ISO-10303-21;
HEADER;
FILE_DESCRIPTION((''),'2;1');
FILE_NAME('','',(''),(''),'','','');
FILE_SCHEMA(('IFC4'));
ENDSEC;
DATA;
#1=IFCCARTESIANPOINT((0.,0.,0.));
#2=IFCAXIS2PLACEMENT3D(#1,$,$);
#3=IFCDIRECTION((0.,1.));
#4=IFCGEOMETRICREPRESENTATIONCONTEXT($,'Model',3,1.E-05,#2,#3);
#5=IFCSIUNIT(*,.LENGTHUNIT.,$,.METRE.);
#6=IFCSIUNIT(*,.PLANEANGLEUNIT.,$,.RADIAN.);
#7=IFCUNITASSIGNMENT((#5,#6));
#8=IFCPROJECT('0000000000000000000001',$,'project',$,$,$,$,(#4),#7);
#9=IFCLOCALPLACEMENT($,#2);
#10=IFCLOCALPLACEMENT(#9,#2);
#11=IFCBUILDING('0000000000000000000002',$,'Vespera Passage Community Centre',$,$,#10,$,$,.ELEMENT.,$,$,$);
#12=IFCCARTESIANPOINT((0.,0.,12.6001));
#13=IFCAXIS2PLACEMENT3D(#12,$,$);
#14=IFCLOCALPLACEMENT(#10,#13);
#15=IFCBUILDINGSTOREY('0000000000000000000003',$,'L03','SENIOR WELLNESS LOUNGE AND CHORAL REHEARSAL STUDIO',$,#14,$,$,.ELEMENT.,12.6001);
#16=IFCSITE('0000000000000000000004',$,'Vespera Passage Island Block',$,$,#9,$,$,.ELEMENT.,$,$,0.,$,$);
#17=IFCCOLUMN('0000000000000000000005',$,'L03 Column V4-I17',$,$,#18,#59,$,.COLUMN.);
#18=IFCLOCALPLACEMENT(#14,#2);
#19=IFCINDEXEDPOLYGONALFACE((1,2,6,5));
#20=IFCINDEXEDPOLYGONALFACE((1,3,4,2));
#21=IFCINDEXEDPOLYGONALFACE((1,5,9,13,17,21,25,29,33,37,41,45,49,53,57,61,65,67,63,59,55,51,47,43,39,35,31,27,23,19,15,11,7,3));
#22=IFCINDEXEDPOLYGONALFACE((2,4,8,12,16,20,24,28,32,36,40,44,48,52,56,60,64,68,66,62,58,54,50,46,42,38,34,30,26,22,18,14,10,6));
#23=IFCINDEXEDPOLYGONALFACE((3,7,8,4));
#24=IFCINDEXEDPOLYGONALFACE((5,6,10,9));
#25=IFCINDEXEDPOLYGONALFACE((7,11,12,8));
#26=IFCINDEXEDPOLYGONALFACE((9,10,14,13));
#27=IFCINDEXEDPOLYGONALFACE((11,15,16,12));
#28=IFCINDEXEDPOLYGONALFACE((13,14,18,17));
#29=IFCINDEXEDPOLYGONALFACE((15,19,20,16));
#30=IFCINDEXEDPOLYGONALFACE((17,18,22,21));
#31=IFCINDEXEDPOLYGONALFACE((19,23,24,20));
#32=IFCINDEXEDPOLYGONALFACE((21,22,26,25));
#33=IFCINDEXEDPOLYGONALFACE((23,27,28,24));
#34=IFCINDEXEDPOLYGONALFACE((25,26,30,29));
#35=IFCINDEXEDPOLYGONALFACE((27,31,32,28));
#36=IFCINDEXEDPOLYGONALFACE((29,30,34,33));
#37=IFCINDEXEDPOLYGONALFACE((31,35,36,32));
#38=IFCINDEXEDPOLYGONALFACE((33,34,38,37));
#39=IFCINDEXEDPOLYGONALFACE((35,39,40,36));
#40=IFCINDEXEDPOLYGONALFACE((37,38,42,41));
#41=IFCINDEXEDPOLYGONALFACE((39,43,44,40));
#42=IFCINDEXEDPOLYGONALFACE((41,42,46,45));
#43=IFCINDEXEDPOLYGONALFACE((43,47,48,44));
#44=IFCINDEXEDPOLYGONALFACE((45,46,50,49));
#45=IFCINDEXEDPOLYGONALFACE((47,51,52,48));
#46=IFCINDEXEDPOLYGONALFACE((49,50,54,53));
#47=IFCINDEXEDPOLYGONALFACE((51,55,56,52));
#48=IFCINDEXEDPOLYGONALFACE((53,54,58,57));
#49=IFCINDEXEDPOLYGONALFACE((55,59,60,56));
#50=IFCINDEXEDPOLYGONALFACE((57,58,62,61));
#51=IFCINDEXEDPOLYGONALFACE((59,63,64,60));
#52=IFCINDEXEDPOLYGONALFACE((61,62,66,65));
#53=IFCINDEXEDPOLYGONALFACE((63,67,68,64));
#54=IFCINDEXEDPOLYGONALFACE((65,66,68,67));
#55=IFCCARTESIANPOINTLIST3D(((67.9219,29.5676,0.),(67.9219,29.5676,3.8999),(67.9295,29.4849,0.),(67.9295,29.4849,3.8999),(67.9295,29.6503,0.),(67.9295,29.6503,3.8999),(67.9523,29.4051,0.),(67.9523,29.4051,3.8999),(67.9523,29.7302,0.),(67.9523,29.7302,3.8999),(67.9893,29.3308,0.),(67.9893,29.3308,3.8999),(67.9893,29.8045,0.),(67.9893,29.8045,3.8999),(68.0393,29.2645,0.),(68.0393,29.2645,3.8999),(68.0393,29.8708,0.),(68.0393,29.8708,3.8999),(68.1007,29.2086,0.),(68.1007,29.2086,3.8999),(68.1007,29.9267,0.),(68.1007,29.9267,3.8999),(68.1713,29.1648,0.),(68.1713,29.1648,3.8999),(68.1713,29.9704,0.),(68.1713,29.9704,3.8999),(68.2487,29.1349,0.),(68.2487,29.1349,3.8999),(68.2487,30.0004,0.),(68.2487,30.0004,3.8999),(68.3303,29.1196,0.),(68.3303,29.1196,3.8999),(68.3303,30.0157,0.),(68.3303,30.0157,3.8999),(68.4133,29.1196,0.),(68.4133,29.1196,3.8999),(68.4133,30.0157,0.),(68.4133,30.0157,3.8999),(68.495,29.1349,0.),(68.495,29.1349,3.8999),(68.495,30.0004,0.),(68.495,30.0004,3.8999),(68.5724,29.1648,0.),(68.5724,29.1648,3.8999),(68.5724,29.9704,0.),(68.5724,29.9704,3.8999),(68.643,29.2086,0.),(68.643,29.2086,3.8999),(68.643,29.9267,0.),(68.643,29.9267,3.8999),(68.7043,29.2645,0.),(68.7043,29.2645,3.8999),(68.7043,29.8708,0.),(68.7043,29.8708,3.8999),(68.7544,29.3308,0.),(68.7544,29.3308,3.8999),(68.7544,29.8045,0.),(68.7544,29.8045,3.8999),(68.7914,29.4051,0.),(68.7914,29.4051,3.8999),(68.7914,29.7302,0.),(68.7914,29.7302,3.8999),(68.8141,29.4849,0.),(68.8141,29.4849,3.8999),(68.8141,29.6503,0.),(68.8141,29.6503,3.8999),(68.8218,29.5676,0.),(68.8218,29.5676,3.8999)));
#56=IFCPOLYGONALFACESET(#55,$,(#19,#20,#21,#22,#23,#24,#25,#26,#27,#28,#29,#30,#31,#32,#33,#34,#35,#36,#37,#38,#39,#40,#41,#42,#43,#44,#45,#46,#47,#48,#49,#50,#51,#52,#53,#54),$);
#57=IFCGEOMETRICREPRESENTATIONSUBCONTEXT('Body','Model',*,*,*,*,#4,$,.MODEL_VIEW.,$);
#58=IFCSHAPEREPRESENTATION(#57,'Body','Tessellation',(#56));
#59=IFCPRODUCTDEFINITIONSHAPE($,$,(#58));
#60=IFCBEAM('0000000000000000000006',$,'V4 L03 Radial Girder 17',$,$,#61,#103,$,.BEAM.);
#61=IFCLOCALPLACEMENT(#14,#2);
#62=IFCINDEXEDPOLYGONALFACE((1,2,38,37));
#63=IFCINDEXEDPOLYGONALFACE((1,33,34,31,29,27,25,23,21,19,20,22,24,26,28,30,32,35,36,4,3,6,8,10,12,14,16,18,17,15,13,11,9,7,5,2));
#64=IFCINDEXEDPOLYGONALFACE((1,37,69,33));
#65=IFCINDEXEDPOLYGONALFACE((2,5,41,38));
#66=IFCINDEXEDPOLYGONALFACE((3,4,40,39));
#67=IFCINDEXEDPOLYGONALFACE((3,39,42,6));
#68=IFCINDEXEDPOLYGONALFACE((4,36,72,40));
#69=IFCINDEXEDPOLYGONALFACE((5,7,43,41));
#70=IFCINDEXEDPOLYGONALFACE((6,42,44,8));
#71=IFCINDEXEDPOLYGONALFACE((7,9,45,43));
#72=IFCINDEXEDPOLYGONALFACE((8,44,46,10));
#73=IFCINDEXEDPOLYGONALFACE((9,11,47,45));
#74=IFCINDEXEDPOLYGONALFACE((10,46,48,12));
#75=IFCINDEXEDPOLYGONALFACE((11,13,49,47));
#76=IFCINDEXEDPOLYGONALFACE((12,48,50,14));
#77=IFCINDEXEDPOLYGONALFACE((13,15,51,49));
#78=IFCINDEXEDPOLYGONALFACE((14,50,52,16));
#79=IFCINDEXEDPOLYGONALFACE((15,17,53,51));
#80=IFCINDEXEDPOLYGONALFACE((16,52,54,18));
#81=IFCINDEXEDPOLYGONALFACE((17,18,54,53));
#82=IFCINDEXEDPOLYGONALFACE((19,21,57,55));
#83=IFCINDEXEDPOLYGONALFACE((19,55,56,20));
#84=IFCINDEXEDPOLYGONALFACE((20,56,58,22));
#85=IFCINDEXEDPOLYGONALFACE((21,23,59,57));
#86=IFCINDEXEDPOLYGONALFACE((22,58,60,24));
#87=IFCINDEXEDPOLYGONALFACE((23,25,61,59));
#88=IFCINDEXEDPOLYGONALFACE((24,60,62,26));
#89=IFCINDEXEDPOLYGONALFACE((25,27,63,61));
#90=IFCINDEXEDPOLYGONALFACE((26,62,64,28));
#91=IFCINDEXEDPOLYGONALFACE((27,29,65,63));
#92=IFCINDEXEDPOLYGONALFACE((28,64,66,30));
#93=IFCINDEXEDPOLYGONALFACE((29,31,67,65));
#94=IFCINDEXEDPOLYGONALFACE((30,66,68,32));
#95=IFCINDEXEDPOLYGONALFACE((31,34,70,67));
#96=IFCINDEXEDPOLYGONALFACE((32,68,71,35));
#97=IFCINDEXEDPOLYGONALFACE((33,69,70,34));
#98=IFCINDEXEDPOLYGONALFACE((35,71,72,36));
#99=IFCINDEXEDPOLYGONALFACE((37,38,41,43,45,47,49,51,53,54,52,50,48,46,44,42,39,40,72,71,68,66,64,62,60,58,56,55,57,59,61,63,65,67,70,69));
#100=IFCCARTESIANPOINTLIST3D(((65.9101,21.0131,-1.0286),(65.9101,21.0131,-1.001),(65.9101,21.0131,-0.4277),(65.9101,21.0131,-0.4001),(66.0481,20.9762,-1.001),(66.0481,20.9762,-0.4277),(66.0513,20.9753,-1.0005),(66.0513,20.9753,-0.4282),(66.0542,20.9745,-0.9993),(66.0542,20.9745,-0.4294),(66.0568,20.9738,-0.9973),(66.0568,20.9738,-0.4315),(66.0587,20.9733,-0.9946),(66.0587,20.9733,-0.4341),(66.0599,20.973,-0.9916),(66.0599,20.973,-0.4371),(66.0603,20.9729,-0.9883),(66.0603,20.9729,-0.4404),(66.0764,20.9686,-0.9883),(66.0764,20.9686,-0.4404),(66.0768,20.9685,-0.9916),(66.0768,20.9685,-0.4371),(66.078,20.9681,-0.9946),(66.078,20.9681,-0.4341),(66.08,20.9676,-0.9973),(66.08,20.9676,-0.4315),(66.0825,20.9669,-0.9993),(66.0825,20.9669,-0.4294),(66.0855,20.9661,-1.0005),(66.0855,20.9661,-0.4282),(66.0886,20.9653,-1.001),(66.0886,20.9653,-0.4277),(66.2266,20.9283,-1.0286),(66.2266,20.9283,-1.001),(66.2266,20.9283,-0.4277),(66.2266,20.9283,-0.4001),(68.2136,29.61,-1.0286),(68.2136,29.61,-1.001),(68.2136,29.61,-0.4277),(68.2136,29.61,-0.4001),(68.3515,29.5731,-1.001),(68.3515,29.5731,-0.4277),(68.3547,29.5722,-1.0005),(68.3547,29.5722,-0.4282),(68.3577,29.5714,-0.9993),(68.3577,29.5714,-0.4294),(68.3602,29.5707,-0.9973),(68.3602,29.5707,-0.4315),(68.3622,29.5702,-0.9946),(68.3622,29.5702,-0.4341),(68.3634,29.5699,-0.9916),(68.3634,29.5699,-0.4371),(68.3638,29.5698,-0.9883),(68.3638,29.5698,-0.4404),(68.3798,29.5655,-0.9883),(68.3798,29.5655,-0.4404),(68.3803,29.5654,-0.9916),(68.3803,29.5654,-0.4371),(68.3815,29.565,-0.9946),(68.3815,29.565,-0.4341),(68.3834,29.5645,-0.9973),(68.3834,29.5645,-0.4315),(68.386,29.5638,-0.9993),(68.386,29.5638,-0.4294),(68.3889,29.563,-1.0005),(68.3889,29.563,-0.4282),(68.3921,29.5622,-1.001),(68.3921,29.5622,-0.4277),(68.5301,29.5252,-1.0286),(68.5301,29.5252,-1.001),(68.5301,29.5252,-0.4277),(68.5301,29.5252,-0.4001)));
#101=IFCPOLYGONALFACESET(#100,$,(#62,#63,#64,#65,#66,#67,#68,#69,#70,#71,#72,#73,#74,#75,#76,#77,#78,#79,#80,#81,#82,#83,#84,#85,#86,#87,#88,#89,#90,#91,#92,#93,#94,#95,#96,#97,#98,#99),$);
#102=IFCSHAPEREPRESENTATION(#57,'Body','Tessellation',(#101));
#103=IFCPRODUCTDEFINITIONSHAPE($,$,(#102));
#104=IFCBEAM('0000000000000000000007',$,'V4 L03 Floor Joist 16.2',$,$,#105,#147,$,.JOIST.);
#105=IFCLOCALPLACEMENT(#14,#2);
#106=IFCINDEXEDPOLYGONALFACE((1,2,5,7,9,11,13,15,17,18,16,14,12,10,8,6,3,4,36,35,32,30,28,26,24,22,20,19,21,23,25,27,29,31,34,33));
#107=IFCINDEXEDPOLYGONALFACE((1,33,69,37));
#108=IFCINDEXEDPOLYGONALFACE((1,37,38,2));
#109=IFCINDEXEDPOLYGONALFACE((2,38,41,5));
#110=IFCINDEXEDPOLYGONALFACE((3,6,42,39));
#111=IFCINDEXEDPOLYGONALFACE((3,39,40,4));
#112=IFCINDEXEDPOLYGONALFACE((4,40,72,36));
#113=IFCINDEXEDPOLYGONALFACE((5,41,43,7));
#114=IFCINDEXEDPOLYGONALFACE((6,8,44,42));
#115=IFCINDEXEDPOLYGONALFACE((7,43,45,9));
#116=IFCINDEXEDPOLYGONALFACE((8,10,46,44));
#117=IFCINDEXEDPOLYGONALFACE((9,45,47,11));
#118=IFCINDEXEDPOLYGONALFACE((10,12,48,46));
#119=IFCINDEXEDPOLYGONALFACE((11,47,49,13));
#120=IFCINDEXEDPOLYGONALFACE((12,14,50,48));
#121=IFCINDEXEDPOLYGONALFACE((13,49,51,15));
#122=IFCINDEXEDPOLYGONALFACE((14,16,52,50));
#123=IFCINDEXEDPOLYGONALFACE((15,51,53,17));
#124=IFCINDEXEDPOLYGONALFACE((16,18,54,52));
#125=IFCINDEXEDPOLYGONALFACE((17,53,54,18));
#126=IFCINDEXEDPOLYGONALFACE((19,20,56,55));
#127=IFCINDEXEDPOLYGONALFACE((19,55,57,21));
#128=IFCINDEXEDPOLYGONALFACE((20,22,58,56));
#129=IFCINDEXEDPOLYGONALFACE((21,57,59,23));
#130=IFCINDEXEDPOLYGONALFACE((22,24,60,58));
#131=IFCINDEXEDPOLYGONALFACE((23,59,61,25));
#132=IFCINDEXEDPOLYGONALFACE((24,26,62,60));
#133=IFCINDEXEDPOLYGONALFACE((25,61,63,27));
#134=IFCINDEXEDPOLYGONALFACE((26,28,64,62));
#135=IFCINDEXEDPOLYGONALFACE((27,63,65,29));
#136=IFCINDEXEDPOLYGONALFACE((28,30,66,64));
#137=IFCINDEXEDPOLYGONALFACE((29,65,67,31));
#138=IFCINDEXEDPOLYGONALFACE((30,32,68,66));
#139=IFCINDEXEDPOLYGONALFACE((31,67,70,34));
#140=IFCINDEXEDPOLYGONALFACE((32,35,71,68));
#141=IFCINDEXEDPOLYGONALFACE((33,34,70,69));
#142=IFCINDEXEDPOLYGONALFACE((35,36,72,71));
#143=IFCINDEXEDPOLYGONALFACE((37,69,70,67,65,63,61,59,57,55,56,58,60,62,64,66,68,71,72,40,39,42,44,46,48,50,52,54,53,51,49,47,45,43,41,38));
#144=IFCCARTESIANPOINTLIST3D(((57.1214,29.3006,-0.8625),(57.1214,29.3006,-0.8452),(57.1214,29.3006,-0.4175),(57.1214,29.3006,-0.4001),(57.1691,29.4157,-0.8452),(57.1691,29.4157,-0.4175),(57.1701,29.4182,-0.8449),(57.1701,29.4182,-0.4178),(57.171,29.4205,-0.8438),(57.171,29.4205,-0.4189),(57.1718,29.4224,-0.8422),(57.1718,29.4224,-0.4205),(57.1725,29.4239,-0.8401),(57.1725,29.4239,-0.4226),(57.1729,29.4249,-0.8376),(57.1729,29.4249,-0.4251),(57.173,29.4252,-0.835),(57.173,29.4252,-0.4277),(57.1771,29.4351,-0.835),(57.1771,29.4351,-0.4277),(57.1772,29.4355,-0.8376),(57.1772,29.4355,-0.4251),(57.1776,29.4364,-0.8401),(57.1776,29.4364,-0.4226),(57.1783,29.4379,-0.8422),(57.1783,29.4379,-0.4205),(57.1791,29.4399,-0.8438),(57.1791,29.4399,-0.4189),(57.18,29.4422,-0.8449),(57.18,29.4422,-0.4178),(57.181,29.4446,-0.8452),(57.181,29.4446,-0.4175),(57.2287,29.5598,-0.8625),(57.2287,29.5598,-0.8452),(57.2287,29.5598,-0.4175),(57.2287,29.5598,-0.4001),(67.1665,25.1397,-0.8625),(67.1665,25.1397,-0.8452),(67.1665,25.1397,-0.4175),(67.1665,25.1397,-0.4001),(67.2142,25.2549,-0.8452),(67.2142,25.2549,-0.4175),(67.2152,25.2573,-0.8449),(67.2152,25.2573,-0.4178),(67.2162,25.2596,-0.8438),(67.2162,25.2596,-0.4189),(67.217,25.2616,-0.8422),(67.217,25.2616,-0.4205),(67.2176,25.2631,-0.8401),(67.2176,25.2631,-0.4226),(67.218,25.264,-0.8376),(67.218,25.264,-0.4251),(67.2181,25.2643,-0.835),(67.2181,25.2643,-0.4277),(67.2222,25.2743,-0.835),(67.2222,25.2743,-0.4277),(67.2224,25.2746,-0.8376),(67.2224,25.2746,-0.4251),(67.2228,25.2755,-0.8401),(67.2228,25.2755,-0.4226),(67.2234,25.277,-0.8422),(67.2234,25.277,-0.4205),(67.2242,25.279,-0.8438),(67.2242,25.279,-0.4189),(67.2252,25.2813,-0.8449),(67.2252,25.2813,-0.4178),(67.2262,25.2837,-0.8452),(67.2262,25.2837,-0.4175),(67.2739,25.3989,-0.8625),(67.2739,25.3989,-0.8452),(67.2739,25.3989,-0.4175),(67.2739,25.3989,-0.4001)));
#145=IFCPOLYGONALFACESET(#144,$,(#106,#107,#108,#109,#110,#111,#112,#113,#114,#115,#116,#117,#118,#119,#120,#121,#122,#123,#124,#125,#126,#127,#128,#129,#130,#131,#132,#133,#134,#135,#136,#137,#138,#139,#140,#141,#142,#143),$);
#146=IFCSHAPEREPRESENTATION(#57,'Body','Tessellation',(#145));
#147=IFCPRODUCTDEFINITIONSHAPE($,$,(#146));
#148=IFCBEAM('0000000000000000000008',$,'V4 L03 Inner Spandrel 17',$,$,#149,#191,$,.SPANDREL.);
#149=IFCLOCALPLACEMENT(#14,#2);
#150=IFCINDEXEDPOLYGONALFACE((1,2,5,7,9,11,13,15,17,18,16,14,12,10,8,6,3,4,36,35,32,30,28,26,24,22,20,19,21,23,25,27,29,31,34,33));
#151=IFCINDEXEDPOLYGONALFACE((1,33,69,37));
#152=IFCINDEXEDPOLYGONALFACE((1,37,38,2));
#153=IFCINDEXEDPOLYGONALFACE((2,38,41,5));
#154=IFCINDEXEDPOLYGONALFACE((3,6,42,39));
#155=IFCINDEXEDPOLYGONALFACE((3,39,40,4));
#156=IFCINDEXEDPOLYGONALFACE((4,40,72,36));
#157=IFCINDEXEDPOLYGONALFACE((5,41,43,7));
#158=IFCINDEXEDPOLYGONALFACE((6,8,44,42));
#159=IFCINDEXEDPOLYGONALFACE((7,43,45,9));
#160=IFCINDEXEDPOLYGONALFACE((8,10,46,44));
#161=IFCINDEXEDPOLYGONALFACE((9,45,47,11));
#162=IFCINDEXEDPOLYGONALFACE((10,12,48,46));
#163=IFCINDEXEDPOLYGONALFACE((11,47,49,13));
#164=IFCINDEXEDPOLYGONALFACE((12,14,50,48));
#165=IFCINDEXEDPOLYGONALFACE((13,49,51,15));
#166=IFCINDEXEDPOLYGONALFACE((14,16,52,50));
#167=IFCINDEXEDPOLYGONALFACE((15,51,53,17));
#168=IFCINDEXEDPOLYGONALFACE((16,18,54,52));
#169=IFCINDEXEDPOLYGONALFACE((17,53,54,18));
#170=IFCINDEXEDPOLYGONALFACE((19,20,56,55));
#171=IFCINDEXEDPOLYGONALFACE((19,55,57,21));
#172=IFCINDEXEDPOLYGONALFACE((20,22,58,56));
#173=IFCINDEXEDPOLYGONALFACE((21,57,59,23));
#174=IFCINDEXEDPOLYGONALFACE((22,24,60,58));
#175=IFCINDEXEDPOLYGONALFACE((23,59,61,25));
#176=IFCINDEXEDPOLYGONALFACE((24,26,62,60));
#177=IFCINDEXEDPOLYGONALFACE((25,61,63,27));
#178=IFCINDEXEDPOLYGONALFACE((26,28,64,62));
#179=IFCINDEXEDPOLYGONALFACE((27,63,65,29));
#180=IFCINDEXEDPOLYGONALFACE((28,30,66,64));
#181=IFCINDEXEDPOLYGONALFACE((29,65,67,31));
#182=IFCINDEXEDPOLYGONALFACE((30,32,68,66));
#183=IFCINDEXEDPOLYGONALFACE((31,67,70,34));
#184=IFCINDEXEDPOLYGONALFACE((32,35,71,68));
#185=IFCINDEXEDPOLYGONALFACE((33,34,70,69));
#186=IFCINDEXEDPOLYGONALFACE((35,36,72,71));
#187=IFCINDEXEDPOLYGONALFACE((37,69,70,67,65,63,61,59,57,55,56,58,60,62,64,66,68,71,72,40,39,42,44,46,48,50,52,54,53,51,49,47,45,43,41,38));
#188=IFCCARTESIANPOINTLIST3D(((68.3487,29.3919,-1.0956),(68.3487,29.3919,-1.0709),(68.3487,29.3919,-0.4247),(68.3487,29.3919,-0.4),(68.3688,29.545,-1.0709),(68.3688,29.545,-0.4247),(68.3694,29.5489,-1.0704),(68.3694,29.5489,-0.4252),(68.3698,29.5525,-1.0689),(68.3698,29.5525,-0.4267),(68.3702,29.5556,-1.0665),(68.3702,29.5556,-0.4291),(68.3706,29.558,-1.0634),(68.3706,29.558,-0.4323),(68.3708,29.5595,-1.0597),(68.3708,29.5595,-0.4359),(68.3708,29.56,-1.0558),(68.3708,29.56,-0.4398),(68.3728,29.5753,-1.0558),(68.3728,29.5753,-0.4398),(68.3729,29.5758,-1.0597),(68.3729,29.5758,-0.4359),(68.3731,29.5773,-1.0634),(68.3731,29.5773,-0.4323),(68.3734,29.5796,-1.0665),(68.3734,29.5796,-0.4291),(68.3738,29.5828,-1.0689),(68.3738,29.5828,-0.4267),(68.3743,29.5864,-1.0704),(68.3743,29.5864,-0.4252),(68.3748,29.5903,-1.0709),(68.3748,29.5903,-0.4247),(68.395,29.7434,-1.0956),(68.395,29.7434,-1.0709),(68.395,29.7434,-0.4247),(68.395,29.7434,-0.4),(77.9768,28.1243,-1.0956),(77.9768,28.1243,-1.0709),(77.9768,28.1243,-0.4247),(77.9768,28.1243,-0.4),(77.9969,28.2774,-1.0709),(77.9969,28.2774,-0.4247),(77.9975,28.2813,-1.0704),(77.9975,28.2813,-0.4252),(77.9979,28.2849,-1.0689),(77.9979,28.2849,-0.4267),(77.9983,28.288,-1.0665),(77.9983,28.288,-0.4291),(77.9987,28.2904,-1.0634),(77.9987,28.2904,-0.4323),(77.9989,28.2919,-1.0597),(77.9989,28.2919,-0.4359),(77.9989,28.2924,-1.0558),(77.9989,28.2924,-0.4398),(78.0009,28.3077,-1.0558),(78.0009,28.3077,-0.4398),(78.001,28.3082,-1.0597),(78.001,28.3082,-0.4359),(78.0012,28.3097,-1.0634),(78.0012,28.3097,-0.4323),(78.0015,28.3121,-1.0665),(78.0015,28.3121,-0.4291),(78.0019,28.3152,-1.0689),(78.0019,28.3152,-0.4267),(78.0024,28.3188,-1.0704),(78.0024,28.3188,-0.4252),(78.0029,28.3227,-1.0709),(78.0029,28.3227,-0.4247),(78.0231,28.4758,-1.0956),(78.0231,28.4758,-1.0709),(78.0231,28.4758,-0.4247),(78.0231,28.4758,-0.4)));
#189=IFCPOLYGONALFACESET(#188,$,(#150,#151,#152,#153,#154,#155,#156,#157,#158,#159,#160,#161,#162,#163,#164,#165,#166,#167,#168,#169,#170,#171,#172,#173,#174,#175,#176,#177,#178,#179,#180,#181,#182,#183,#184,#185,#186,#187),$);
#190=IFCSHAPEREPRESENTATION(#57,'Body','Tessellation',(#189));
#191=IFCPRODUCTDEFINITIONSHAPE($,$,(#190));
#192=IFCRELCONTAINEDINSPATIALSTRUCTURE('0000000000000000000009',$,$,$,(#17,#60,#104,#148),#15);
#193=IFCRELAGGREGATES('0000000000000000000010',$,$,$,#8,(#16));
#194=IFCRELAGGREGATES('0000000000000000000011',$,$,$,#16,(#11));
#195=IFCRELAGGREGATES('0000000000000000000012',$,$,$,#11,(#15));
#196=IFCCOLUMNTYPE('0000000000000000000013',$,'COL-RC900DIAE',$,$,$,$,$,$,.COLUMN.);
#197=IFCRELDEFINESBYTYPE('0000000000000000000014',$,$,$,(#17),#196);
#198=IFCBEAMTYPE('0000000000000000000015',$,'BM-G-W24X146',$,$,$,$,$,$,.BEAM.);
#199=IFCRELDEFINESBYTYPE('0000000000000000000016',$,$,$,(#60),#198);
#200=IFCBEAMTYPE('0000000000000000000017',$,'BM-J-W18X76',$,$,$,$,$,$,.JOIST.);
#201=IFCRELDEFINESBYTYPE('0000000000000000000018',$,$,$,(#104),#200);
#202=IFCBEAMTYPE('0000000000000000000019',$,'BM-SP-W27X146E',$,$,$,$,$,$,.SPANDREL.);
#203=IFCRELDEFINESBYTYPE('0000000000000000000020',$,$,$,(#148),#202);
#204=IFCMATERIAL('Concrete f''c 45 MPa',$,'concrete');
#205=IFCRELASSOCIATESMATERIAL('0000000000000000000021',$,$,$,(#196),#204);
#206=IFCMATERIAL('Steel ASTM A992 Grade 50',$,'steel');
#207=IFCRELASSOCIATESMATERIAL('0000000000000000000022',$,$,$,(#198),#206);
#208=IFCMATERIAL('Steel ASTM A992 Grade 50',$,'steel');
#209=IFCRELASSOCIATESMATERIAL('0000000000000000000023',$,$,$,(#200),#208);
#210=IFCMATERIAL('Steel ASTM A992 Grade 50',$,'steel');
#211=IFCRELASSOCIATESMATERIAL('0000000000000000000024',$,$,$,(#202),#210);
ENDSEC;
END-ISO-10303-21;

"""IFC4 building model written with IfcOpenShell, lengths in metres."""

from ifc_helpers import new_model, si_unit, direction, frame, origin, origin_2d, place, context, subcontext, project, spatial, circle, i_section, extrude, material, material_profile, profile_set, type_object, element, save


model = new_model("IFC4")

# Units and contexts
model_context = context("Model", 3, precision=1e-05, world=origin(), true_north=direction((0.0, 1.0)))
body_context = subcontext(model_context, "Body", "Model", "MODEL_VIEW")
ifc_project = project(units=[si_unit("LENGTHUNIT", "METRE"), si_unit("PLANEANGLEUNIT", "RADIAN")], contexts=[model_context])

# Site, building, storey
site_placement = place(None, origin())
site = spatial("IfcSite", under=ifc_project, at=site_placement, Name="Vespera Passage Island Block", CompositionType="ELEMENT", RefElevation=0.0)
building_placement = place(site_placement, origin())
building = spatial("IfcBuilding", under=site, at=building_placement, Name="Vespera Passage Community Centre", CompositionType="ELEMENT")
storey_placement = place(building_placement, frame((0.0, 0.0, 12.6001)))
storey = spatial("IfcBuildingStorey", under=building, at=storey_placement, Name="L03", Description="SENIOR WELLNESS LOUNGE AND CHORAL REHEARSAL STUDIO", CompositionType="ELEMENT", Elevation=12.6001)

# Column
ifc_material_1 = material(Name="Concrete f'c 45 MPa", Category="concrete")
ifc_material_profile_1 = material_profile(ifc_material_1, circle(Radius=0.45, at=origin_2d()), Name="RC900DIA")
ifc_profile_set_1 = profile_set([ifc_material_profile_1], Name="Concrete f'c 45 MPa")
column_type = type_object("IfcColumnType", Name="COL-RC900DIAE", PredefinedType="COLUMN", material=ifc_profile_set_1)
column_placement = place(storey_placement, frame((68.3718, 29.5676, 0.0), z_axis=(0.0, 0.0, 1.0), x_axis=(1.0, 0.0, 0.0)))
element("IfcColumn", 1, at=column_placement, inside=storey, type_object=column_type, Name="L03 Column V4-I17", PredefinedType="COLUMN", context=body_context, shape_type="SweptSolid", body=[
    extrude(circle(Radius=0.45, at=origin_2d()), origin(), (0.0, 0.0, 1.0), 3.8999),
])

# Beams
ifc_material_2 = material(Name="Steel ASTM A992 Grade 50", Category="steel")
ifc_material_profile_2 = material_profile(ifc_material_2, i_section(OverallWidth=0.3276, OverallDepth=0.6284, WebThickness=0.0166, FlangeThickness=0.0276, FilletRadius=0.0127, at=origin_2d()), Name="W24X146")
ifc_profile_set_2 = profile_set([ifc_material_profile_2], Name="Steel ASTM A992 Grade 50")
beam_type_1 = type_object("IfcBeamType", Name="BM-G-W24X146", PredefinedType="BEAM", material=ifc_profile_set_2)
beam_1_placement = place(storey_placement, frame((68.3718, 29.5676, -0.7144), z_axis=(-0.258811, -0.965928, 0.0), x_axis=(0.965928, -0.258811, 0.0)))
element("IfcBeam", 2, at=beam_1_placement, inside=storey, type_object=beam_type_1, Name="V4 L03 Radial Girder 17", PredefinedType="BEAM", context=body_context, shape_type="SweptSolid", body=[
    extrude(i_section(OverallWidth=0.3276, OverallDepth=0.6284, WebThickness=0.0166, FlangeThickness=0.0276, FilletRadius=0.0127, at=origin_2d()), origin(), (0.0, 0.0, 1.0), 8.9001),
])
ifc_material_3 = material(Name="Steel ASTM A992 Grade 50", Category="steel")
ifc_material_profile_3 = material_profile(ifc_material_3, i_section(OverallWidth=0.2805, OverallDepth=0.4624, WebThickness=0.0107, FlangeThickness=0.0173, FilletRadius=0.0103, at=origin_2d()), Name="W18X76")
ifc_profile_set_3 = profile_set([ifc_material_profile_3], Name="Steel ASTM A992 Grade 50")
beam_type_2 = type_object("IfcBeamType", Name="BM-J-W18X76", PredefinedType="JOIST", material=ifc_profile_set_3)
beam_2_placement = place(storey_placement, frame((57.175, 29.4302, -0.6313), z_axis=(0.923878, -0.382687, 0.0), x_axis=(0.382687, 0.923878, 0.0)))
element("IfcBeam", 3, at=beam_2_placement, inside=storey, type_object=beam_type_2, Name="V4 L03 Floor Joist 16.2", PredefinedType="JOIST", context=body_context, shape_type="SweptSolid", body=[
    extrude(i_section(OverallWidth=0.2805, OverallDepth=0.4624, WebThickness=0.0107, FlangeThickness=0.0173, FilletRadius=0.0103, at=origin_2d()), origin(), (0.0, 0.0, 1.0), 10.8728),
])
ifc_material_4 = material(Name="Steel ASTM A992 Grade 50", Category="steel")
ifc_material_profile_4 = material_profile(ifc_material_4, i_section(OverallWidth=0.3545, OverallDepth=0.6956, WebThickness=0.0154, FlangeThickness=0.0247, FilletRadius=0.0151, at=origin_2d()), Name="W27X146")
ifc_profile_set_4 = profile_set([ifc_material_profile_4], Name="Steel ASTM A992 Grade 50")
beam_type_3 = type_object("IfcBeamType", Name="BM-SP-W27X146E", PredefinedType="SPANDREL", material=ifc_profile_set_4)
beam_3_placement = place(storey_placement, frame((68.3718, 29.5676, -0.7478), z_axis=(0.991445, -0.130527, 0.0), x_axis=(0.130527, 0.991445, 0.0)))
element("IfcBeam", 4, at=beam_3_placement, inside=storey, type_object=beam_type_3, Name="V4 L03 Inner Spandrel 17", PredefinedType="SPANDREL", context=body_context, shape_type="SweptSolid", body=[
    extrude(i_section(OverallWidth=0.3545, OverallDepth=0.6956, WebThickness=0.0154, FlangeThickness=0.0247, FilletRadius=0.0151, at=origin_2d()), origin(), (0.0, 0.0, 1.0), 9.7112),
])

save(model, "model.ifc")
